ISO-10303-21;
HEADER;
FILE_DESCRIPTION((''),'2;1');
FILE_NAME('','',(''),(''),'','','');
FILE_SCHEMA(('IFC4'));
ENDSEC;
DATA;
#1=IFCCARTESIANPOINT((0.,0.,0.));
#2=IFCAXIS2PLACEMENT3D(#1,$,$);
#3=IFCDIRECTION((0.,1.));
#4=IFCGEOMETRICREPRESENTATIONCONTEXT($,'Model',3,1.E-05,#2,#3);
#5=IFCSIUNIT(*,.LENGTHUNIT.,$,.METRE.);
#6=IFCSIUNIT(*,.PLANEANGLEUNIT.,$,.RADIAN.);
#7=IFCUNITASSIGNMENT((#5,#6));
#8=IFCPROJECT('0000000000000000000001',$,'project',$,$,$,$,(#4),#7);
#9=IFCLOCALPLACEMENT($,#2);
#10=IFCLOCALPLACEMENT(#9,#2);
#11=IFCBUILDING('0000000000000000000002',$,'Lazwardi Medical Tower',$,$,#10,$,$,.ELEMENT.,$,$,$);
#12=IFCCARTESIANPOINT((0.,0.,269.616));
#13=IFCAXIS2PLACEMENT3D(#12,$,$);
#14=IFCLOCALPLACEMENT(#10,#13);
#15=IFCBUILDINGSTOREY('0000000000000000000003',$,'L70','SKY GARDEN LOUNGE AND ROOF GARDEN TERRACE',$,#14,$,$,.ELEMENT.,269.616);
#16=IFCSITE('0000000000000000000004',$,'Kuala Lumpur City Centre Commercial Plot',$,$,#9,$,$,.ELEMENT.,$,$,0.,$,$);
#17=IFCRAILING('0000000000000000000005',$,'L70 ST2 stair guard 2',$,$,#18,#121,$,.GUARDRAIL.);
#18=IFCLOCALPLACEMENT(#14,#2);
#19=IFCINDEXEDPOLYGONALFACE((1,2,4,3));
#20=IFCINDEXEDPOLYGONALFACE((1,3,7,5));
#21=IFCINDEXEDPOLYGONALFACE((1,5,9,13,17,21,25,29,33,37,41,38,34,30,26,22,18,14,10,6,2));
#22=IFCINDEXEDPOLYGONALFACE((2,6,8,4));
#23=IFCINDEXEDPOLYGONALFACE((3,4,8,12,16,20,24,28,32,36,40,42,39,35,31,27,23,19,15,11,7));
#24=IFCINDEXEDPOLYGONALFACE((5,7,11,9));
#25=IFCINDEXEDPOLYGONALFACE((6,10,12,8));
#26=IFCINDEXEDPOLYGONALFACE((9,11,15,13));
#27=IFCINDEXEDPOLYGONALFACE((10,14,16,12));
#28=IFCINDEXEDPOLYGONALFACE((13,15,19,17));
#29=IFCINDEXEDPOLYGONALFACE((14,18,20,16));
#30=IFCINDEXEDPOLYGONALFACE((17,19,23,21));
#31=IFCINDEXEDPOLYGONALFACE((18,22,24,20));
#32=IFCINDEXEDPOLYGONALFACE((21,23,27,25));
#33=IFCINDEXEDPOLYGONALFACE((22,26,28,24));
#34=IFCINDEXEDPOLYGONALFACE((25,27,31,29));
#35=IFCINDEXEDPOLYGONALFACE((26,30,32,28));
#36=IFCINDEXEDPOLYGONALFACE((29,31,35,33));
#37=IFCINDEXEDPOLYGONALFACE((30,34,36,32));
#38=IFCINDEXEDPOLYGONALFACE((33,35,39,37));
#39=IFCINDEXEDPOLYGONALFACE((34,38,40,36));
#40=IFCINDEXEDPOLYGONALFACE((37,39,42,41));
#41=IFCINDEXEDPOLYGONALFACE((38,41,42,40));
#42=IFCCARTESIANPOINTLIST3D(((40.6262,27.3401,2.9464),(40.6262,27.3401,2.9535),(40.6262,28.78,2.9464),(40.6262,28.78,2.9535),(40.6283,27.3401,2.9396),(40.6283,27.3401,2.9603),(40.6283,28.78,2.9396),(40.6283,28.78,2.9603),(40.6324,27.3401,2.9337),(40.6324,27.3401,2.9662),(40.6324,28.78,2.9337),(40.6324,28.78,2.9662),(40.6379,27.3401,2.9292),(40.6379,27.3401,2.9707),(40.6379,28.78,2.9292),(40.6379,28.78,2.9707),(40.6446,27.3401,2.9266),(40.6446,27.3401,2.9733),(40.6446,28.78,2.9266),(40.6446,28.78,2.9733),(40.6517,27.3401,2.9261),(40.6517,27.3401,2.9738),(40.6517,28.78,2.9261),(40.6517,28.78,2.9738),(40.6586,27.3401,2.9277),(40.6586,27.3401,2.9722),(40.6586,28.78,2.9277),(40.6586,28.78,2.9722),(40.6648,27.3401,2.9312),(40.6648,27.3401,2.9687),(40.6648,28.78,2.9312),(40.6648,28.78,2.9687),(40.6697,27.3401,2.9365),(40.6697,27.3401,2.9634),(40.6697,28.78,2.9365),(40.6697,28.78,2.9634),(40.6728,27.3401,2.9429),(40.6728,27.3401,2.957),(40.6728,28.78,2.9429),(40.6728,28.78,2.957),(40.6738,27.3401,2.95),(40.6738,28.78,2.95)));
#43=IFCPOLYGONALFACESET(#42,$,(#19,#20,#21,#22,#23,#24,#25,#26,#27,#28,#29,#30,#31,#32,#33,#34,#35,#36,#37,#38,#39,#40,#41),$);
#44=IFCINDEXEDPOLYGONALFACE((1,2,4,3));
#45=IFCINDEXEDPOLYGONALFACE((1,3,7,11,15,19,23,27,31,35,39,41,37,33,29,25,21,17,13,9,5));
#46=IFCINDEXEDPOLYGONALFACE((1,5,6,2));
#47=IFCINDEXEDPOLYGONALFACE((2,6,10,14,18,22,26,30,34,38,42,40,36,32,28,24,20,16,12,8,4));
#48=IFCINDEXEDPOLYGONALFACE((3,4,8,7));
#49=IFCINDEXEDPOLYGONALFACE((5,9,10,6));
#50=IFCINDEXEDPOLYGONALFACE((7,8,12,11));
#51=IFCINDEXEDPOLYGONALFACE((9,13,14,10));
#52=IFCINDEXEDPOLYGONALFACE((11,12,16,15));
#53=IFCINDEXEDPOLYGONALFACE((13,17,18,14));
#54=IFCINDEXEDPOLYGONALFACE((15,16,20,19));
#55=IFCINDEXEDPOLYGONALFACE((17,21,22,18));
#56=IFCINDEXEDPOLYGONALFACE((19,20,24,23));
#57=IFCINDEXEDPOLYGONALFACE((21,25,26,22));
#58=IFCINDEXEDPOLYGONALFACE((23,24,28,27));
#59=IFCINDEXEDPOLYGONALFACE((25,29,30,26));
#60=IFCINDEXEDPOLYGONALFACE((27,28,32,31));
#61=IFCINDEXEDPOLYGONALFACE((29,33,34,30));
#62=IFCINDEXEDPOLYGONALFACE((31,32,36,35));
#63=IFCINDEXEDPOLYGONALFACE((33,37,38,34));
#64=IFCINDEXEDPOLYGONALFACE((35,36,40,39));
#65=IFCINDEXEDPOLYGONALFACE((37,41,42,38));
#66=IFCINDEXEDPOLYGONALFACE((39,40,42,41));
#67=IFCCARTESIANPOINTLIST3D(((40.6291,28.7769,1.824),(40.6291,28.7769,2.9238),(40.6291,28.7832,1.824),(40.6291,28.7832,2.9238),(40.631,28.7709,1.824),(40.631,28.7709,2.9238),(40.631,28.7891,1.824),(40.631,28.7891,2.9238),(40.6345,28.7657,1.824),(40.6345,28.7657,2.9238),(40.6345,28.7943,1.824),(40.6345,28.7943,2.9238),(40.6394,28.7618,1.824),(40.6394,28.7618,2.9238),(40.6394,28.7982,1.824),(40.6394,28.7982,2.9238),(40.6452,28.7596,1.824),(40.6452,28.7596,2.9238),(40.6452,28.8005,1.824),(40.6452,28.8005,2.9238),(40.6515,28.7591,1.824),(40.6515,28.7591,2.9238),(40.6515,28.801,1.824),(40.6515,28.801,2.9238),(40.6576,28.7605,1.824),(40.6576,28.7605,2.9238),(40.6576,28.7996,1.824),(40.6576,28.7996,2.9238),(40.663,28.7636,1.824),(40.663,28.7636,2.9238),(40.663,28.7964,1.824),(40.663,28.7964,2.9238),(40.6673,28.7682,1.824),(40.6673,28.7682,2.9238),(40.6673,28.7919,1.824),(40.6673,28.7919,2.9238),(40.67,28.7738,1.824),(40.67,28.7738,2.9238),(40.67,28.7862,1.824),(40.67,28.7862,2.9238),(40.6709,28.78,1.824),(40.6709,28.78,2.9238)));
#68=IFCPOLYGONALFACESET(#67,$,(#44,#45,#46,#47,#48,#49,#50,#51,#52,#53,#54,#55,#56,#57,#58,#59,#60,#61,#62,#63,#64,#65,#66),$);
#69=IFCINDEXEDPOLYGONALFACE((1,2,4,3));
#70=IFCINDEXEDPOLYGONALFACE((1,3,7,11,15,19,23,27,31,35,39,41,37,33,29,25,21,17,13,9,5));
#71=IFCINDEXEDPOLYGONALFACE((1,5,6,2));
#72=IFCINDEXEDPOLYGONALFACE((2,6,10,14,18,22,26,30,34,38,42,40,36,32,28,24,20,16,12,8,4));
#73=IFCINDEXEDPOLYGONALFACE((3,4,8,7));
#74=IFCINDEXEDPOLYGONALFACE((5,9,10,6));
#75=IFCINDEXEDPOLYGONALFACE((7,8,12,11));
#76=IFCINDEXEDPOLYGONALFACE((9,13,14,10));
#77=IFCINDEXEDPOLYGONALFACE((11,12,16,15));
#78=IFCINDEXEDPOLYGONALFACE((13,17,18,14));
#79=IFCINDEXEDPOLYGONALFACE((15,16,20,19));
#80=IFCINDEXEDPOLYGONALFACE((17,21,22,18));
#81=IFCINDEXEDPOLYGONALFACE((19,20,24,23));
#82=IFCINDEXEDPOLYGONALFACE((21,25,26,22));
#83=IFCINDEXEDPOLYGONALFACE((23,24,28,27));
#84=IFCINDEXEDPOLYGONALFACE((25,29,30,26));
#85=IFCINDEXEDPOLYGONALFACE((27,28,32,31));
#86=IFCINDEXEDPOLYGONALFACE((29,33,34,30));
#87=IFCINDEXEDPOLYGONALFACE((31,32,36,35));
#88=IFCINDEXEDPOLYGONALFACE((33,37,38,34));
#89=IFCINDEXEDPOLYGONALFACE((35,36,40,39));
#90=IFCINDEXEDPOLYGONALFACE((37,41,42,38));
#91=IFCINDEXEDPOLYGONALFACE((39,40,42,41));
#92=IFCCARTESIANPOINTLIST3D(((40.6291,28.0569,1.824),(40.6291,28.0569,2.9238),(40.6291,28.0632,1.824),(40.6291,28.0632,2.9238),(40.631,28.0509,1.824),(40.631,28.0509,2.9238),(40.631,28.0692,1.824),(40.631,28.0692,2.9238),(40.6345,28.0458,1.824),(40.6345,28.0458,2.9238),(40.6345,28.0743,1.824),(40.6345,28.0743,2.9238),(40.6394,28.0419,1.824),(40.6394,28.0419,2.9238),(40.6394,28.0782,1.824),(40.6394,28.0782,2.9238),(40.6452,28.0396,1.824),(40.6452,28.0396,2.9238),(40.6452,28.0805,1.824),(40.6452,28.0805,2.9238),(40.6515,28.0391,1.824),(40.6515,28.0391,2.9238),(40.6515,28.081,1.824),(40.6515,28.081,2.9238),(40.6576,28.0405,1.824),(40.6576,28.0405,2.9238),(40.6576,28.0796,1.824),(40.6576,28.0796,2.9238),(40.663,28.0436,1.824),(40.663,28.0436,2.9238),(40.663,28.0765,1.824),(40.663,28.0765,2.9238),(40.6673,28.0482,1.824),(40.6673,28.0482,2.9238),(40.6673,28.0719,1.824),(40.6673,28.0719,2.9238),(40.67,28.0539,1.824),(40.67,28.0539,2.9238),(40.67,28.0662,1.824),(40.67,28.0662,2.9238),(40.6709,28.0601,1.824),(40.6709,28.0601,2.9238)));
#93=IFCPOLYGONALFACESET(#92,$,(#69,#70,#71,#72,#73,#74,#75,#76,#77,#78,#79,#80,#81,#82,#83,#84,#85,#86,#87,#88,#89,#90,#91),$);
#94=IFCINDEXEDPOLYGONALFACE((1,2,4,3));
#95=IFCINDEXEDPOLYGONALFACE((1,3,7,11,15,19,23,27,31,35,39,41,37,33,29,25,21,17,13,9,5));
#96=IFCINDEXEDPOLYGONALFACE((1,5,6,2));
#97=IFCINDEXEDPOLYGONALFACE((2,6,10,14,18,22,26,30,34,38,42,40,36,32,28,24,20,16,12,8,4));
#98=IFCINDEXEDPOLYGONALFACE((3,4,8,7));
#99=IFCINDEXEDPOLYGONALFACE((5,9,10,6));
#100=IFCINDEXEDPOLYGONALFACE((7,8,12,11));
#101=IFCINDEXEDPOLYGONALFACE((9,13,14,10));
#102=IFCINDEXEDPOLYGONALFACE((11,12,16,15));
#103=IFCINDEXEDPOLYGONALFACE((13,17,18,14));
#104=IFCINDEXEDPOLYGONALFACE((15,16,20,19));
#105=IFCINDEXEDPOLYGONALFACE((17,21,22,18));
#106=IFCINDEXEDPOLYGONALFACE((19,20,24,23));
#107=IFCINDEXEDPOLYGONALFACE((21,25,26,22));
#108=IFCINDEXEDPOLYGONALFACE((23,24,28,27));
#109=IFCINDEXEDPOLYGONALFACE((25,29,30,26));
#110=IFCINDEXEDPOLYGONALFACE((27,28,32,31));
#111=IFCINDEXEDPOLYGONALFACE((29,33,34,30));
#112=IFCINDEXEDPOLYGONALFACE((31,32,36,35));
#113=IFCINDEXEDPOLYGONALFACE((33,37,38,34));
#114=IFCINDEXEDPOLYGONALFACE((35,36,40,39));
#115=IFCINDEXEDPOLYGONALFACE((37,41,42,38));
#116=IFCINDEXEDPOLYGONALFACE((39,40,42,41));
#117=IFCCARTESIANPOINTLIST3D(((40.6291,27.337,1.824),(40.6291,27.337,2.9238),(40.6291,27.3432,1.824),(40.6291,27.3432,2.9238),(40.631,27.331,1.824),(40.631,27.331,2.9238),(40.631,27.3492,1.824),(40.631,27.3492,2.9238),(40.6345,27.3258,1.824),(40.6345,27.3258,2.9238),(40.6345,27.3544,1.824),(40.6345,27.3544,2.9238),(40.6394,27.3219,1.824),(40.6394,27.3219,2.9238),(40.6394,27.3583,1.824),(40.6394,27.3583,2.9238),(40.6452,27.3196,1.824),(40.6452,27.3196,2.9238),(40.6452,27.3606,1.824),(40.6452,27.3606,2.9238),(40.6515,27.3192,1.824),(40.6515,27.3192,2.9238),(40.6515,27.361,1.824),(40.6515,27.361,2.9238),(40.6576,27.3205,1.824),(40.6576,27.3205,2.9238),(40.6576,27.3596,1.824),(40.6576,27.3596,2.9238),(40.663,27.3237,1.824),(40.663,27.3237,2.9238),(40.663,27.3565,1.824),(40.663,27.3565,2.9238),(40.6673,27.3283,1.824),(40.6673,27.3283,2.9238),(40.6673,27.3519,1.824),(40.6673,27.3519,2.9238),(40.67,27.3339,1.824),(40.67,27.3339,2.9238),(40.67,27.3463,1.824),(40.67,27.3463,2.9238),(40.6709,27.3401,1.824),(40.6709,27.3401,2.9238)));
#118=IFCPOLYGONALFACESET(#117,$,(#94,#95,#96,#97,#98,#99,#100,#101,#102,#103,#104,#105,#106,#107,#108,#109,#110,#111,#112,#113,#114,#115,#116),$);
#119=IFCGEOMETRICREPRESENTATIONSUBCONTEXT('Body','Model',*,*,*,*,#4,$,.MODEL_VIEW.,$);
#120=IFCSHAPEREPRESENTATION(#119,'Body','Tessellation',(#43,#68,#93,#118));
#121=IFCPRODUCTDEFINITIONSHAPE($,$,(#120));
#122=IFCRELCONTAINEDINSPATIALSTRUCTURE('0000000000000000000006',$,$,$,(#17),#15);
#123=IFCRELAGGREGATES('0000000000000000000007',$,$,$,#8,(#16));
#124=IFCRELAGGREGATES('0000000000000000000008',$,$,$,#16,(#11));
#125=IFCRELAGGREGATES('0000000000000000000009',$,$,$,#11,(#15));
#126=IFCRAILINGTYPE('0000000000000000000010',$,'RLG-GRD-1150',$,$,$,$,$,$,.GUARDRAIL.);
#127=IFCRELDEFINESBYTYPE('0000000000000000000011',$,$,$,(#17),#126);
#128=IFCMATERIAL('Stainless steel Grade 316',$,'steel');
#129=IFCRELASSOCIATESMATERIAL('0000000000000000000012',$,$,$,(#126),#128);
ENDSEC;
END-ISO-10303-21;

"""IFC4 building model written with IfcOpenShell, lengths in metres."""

from ifc_helpers import new_model, si_unit, direction, frame, origin, origin_2d, place, context, subcontext, project, spatial, circle, extrude, material, type_object, element, save


model = new_model("IFC4")

# Units and contexts
model_context = context("Model", 3, precision=1e-05, world=origin(), true_north=direction((0.0, 1.0)))
body_context = subcontext(model_context, "Body", "Model", "MODEL_VIEW")
ifc_project = project(units=[si_unit("LENGTHUNIT", "METRE"), si_unit("PLANEANGLEUNIT", "RADIAN")], contexts=[model_context])

# Site, building, storey
site_placement = place(None, origin())
site = spatial("IfcSite", under=ifc_project, at=site_placement, Name="Kuala Lumpur City Centre Commercial Plot", CompositionType="ELEMENT", RefElevation=0.0)
building_placement = place(site_placement, origin())
building = spatial("IfcBuilding", under=site, at=building_placement, Name="Lazwardi Medical Tower", CompositionType="ELEMENT")
storey_placement = place(building_placement, frame((0.0, 0.0, 269.616)))
storey = spatial("IfcBuildingStorey", under=building, at=storey_placement, Name="L70", Description="SKY GARDEN LOUNGE AND ROOF GARDEN TERRACE", CompositionType="ELEMENT", Elevation=269.616)

# Railing
ifc_material_1 = material(Name="Stainless steel Grade 316", Category="steel")
railing_type_1 = type_object("IfcRailingType", Name="RLG-GRD-1150", PredefinedType="GUARDRAIL", material=ifc_material_1)
railing_1_placement = place(storey_placement, frame((40.6499, 28.78, 1.824)))
element("IfcRailing", 1, at=railing_1_placement, inside=storey, type_object=railing_type_1, Name="L70 ST2 stair guard 2", PredefinedType="GUARDRAIL", context=body_context, shape_type="SweptSolid", body=[
    extrude(circle(Radius=0.0239, at=origin_2d()), frame((0.0, 0.0, 1.126), z_axis=(0.0, -1.0, 0.0), x_axis=(1.0, 0.0, 0.0)), (0.0, 0.0, 1.0), 1.4399),
    extrude(circle(Radius=0.021, at=origin_2d()), origin(), (0.0, 0.0, 1.0), 1.0999),
    extrude(circle(Radius=0.021, at=origin_2d()), frame((0.0, -0.72, 0.0)), (0.0, 0.0, 1.0), 1.0999),
    extrude(circle(Radius=0.021, at=origin_2d()), frame((0.0, -1.4399, 0.0)), (0.0, 0.0, 1.0), 1.0999),
])

save(model, "model.ifc")
